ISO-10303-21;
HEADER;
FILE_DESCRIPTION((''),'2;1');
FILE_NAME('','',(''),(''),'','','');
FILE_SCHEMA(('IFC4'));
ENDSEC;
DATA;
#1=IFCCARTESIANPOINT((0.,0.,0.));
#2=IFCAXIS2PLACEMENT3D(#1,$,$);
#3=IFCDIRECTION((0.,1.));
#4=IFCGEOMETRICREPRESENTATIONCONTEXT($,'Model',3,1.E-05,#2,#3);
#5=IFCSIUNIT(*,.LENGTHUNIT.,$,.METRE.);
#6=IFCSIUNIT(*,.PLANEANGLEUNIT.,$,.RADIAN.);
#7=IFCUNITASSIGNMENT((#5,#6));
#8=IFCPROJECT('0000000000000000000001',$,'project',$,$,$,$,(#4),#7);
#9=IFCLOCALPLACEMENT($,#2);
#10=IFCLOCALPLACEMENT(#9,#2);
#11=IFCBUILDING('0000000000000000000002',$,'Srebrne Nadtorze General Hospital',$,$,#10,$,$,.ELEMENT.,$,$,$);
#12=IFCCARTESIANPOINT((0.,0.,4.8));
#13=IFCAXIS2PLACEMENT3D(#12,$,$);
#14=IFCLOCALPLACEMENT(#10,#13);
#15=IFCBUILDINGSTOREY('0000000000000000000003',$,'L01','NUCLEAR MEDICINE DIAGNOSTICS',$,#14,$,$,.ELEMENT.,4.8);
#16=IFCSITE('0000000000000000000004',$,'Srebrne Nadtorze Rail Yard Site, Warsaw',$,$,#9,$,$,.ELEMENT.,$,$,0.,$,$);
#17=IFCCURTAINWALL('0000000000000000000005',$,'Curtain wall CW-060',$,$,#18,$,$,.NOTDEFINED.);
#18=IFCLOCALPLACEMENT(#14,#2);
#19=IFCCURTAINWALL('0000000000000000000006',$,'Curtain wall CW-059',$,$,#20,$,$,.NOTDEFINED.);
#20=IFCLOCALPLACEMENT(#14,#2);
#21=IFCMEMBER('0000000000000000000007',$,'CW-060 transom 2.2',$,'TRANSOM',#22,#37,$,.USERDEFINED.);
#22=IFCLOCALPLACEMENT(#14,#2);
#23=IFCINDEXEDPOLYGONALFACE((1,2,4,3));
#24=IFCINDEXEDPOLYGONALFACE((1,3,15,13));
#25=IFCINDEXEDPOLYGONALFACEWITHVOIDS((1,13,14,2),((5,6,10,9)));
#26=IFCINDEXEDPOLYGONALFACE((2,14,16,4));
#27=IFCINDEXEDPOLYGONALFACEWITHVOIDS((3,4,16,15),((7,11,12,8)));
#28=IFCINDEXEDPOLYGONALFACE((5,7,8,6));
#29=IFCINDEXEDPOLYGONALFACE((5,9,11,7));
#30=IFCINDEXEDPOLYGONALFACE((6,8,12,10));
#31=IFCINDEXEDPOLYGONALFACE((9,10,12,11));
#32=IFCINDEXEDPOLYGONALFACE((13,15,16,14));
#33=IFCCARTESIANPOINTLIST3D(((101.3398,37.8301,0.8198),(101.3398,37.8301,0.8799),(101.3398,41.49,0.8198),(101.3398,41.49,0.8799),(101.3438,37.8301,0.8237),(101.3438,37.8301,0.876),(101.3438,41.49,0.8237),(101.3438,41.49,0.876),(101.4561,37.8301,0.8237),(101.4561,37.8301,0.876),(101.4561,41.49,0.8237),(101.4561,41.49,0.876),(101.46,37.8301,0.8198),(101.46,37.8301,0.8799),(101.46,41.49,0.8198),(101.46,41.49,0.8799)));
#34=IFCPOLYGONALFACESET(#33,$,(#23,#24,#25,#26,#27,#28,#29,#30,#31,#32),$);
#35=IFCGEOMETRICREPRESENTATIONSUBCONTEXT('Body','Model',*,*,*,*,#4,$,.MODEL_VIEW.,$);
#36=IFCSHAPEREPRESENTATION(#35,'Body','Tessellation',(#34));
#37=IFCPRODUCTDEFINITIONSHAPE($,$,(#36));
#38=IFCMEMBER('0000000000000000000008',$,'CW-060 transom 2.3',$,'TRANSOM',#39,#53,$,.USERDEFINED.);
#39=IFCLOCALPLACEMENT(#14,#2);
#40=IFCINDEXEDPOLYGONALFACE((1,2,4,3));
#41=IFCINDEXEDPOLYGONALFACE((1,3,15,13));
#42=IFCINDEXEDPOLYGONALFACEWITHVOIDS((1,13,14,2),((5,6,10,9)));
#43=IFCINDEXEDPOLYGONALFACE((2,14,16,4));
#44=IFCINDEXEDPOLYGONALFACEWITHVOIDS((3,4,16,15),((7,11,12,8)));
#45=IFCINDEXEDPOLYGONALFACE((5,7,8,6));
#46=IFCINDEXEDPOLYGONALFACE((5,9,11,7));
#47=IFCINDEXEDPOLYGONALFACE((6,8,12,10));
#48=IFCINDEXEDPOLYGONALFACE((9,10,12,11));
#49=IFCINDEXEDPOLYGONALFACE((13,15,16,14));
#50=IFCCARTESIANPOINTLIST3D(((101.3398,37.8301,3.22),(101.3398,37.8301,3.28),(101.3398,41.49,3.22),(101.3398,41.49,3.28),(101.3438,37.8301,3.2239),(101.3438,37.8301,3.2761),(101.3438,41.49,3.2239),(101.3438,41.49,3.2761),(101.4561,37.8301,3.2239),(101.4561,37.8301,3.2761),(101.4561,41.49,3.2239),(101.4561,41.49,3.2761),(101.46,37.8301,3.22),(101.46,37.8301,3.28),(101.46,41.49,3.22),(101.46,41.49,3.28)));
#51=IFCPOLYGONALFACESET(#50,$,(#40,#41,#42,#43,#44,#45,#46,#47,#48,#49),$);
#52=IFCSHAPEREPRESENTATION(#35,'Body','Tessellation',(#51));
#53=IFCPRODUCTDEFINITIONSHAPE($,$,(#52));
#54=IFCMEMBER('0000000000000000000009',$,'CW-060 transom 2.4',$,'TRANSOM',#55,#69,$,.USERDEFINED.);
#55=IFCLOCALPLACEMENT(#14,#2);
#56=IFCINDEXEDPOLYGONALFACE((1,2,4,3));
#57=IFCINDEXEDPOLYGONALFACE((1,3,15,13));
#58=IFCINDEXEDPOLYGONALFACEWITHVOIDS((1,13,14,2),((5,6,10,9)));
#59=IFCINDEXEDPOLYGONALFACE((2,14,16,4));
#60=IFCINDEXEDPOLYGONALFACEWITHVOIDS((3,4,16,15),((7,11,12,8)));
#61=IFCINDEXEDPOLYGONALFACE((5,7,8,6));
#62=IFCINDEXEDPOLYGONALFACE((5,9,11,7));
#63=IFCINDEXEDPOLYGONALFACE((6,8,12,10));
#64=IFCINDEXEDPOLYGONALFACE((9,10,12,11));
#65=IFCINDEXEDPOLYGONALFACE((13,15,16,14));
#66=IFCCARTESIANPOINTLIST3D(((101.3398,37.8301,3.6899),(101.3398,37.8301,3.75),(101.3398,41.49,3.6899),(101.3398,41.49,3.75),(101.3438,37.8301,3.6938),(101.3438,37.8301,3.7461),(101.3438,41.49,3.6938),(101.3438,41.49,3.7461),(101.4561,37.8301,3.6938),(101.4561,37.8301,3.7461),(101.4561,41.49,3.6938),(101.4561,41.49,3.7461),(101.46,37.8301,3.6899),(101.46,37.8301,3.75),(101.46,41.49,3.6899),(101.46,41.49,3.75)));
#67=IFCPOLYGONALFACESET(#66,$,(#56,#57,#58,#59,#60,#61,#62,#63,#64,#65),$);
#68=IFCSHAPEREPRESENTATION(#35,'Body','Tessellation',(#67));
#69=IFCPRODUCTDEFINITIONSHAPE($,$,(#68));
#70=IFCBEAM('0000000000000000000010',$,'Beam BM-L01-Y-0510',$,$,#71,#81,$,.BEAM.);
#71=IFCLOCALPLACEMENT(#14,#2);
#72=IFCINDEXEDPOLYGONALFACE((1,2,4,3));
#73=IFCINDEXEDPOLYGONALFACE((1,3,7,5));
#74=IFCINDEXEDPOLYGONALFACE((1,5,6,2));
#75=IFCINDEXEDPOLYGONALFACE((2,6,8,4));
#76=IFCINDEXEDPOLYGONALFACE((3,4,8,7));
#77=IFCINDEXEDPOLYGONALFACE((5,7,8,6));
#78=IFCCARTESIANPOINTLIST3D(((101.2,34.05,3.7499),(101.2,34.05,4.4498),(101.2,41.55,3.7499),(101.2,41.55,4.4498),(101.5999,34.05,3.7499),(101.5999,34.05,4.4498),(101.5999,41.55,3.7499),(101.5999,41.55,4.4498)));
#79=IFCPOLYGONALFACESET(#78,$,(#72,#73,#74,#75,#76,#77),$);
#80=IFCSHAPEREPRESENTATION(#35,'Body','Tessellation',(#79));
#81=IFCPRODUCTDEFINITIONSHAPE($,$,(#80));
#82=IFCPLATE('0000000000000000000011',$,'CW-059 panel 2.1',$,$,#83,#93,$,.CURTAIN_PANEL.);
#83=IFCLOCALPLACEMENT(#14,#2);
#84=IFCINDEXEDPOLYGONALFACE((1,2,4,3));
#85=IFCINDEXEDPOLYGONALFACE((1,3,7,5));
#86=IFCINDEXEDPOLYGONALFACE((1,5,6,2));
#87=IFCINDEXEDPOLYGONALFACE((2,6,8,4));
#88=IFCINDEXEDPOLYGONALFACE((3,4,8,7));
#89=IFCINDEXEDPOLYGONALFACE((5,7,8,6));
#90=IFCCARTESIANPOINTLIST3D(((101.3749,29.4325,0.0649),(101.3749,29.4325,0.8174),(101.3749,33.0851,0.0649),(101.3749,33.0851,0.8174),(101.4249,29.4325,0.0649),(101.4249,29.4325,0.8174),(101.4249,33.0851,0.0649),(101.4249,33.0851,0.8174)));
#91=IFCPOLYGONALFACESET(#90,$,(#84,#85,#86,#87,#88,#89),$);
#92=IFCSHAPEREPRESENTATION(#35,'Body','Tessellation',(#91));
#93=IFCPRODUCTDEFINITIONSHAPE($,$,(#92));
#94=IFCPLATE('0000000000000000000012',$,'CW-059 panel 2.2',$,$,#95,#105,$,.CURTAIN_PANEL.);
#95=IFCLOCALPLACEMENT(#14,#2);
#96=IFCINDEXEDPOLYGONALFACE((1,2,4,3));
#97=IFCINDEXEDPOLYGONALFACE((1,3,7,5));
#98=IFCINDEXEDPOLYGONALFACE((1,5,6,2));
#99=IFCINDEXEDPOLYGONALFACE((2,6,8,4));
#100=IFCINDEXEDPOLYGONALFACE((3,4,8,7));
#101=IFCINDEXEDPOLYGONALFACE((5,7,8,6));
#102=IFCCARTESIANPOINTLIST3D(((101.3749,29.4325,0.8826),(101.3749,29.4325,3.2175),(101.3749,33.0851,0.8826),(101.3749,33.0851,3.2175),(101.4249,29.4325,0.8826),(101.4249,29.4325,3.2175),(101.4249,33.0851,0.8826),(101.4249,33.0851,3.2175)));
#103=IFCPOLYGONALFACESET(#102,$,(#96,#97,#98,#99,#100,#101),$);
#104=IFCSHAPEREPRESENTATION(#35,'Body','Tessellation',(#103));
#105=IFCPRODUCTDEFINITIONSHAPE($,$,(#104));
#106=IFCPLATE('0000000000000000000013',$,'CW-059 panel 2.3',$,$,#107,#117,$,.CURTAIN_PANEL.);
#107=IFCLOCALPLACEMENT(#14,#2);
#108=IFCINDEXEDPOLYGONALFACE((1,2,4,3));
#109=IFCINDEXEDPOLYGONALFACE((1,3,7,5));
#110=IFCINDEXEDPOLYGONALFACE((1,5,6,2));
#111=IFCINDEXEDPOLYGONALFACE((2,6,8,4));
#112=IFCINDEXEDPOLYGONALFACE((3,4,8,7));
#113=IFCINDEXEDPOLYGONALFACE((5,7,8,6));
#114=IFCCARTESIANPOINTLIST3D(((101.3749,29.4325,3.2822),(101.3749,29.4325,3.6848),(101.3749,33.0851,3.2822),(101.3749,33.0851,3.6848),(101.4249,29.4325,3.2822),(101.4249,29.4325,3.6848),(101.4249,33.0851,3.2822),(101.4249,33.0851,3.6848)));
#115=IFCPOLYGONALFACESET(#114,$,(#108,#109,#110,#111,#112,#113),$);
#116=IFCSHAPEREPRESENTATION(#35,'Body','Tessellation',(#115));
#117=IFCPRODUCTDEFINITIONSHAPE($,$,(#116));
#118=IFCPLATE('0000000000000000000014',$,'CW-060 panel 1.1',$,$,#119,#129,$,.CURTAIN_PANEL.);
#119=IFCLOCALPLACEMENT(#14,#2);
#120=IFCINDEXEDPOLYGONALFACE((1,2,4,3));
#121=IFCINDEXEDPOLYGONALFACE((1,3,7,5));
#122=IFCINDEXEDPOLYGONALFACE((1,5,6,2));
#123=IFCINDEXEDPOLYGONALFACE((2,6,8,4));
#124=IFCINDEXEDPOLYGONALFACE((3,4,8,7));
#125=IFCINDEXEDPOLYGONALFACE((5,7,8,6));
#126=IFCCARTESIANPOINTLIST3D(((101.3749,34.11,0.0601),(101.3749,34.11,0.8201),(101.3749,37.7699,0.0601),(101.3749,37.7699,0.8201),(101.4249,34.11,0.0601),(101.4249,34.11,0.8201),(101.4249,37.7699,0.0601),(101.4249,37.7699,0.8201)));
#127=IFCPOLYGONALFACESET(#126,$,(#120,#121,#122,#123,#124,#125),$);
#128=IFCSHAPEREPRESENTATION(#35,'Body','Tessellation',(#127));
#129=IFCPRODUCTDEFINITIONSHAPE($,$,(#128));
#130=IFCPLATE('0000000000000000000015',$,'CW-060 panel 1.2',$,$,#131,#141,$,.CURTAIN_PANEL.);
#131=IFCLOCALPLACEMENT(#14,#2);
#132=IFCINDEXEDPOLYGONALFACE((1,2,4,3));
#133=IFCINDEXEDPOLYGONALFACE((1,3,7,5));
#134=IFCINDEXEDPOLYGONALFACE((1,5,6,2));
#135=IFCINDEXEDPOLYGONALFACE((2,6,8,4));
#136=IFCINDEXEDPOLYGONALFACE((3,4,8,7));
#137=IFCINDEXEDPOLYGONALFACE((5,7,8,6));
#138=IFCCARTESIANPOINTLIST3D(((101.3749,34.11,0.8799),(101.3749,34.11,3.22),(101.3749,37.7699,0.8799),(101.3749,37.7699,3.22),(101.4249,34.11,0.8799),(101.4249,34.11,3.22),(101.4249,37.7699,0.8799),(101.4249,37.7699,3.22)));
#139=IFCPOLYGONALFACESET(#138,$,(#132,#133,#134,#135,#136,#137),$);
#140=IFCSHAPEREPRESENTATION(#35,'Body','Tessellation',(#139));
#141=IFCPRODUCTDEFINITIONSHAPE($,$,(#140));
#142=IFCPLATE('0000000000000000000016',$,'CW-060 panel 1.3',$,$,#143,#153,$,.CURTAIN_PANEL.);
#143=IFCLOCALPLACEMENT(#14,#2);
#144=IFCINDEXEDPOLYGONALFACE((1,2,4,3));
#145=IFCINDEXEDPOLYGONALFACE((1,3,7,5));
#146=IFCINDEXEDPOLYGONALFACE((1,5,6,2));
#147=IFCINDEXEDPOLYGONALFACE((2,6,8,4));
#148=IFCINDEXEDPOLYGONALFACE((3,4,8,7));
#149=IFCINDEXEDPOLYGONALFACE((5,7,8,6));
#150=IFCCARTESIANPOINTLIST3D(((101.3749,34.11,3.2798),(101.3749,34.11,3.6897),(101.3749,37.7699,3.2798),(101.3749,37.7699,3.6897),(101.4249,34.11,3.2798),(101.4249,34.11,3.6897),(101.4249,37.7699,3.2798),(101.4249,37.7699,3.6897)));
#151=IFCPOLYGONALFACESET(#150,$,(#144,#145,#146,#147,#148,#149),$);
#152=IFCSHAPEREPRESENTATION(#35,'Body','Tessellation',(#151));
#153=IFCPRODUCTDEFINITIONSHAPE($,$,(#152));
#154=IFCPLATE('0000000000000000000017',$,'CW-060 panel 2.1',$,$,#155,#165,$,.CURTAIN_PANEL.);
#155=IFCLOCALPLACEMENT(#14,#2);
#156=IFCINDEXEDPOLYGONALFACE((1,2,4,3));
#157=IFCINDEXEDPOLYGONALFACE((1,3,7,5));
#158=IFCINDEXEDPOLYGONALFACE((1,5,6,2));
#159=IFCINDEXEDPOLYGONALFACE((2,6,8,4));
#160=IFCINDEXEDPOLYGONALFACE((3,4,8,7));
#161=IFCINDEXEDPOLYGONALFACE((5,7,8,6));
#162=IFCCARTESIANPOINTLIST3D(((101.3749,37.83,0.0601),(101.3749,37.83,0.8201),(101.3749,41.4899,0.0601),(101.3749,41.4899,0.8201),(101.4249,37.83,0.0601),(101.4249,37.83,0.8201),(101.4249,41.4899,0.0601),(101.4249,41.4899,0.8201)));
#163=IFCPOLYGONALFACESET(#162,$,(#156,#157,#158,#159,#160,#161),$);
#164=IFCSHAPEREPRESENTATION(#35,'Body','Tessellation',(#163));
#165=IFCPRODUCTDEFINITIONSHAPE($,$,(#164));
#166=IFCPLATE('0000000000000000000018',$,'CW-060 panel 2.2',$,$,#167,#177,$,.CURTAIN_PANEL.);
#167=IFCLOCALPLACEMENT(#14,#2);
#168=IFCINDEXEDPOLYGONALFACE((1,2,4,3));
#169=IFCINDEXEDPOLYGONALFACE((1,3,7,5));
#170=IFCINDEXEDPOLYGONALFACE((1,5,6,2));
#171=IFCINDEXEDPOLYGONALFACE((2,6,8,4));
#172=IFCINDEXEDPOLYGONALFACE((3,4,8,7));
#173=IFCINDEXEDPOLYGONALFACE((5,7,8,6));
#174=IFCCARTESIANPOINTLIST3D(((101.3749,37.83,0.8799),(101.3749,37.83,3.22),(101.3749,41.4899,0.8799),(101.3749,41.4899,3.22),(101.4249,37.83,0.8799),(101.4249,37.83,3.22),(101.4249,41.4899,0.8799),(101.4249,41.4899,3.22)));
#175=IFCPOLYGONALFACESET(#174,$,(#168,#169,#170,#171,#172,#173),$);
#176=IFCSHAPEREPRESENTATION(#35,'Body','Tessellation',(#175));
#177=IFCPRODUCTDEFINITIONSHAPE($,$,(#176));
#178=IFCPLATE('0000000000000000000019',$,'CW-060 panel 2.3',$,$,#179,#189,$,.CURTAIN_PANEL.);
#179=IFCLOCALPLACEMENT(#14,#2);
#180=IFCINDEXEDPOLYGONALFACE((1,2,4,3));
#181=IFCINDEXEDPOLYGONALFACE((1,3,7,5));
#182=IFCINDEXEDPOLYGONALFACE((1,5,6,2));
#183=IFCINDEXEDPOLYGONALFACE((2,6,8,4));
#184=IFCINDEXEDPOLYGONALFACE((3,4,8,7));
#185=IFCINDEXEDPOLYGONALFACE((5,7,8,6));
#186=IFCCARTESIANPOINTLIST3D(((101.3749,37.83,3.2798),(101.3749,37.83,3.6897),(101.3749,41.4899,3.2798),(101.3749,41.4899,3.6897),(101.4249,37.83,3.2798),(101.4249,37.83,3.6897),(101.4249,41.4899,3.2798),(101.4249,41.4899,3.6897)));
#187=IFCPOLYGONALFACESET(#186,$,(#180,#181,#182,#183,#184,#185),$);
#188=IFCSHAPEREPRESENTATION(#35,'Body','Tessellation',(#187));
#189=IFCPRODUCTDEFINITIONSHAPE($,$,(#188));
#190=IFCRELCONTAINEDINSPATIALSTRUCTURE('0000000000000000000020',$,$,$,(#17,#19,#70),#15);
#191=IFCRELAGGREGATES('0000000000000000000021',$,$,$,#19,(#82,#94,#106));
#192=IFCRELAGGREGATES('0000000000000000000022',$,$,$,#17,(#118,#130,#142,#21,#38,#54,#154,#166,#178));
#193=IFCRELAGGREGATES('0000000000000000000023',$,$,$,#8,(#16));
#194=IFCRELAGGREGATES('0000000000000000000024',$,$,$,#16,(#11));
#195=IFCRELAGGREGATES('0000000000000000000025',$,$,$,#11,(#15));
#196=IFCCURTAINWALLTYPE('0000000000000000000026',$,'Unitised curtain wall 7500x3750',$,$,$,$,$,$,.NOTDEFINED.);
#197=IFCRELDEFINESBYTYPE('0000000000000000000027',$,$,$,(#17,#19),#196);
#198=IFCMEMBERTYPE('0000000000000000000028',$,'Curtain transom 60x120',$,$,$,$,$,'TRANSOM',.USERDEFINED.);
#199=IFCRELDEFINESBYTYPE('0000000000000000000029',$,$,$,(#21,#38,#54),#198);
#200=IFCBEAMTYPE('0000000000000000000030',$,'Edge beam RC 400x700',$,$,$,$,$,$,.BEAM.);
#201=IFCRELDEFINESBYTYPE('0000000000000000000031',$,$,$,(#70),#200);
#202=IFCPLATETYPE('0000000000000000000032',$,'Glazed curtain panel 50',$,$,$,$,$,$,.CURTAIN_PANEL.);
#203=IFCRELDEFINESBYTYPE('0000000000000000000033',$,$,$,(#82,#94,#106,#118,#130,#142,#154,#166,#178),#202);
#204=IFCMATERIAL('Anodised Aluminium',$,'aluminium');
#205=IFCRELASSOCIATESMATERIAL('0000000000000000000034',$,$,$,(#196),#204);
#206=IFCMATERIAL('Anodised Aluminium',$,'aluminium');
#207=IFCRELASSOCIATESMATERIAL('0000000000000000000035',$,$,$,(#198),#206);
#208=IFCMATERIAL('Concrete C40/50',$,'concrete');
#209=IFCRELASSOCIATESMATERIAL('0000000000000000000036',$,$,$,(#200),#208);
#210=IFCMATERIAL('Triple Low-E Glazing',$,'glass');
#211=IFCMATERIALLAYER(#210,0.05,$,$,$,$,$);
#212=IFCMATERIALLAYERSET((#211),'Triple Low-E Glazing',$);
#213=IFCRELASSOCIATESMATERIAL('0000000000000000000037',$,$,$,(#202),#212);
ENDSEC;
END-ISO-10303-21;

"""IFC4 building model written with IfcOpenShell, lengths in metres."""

from ifc_helpers import new_model, si_unit, direction, frame, origin, origin_2d, place, context, subcontext, project, spatial, rectangle, hollow_rectangle, extrude, material, layer, layer_set, material_profile, profile_set, type_object, element, aggregate, save


model = new_model("IFC4")

# Units and contexts
model_context = context("Model", 3, precision=1e-05, world=origin(), true_north=direction((0.0, 1.0)))
body_context = subcontext(model_context, "Body", "Model", "MODEL_VIEW")
ifc_project = project(units=[si_unit("LENGTHUNIT", "METRE"), si_unit("PLANEANGLEUNIT", "RADIAN")], contexts=[model_context])

# Site, building, storey
site_placement = place(None, origin())
site = spatial("IfcSite", under=ifc_project, at=site_placement, Name="Srebrne Nadtorze Rail Yard Site, Warsaw", CompositionType="ELEMENT", RefElevation=0.0)
building_placement = place(site_placement, origin())
building = spatial("IfcBuilding", under=site, at=building_placement, Name="Srebrne Nadtorze General Hospital", CompositionType="ELEMENT")
storey_placement = place(building_placement, frame((0.0, 0.0, 4.8)))
storey = spatial("IfcBuildingStorey", under=building, at=storey_placement, Name="L01", Description="NUCLEAR MEDICINE DIAGNOSTICS", CompositionType="ELEMENT", Elevation=4.8)

# Curtain wall
ifc_material_1 = material(Name="Anodised Aluminium", Category="aluminium")
curtain_wall_type = type_object("IfcCurtainWallType", Name="Unitised curtain wall 7500x3750", PredefinedType="NOTDEFINED", material=ifc_material_1)
curtain_wall_1_placement = place(storey_placement, origin())
curtain_wall_1 = element("IfcCurtainWall", 1, at=curtain_wall_1_placement, inside=storey, type_object=curtain_wall_type, Name="Curtain wall CW-060", PredefinedType="NOTDEFINED")

# Curtain wall
curtain_wall_2_placement = place(storey_placement, origin())
curtain_wall_2 = element("IfcCurtainWall", 2, at=curtain_wall_2_placement, inside=storey, type_object=curtain_wall_type, Name="Curtain wall CW-059", PredefinedType="NOTDEFINED")

# Members
ifc_material_2 = material(Name="Anodised Aluminium", Category="aluminium")
ifc_material_profile_1 = material_profile(ifc_material_2, hollow_rectangle(XDim=0.0601, YDim=0.1201, WallThickness=0.0039, at=origin_2d()), Name="AL-TRN-60x120")
ifc_profile_set_1 = profile_set([ifc_material_profile_1], Name="Anodised Aluminium")
member_type_1 = type_object("IfcMemberType", Name="Curtain transom 60x120", ElementType="TRANSOM", PredefinedType="USERDEFINED", material=ifc_profile_set_1)
member_1_placement = place(storey_placement, frame((101.3999, 37.8301, 0.8499), z_axis=(0.0, 1.0, 0.0), x_axis=(0.0, 0.0, 1.0)))
member_1 = element("IfcMember", 3, at=member_1_placement, type_object=member_type_1, Name="CW-060 transom 2.2", ObjectType="TRANSOM", PredefinedType="USERDEFINED", context=body_context, shape_type="SweptSolid", body=[
    extrude(hollow_rectangle(XDim=0.0601, YDim=0.1201, WallThickness=0.0039, at=origin_2d()), origin(), (0.0, 0.0, 1.0), 3.6599),
])
member_2_placement = place(storey_placement, frame((101.3999, 37.8301, 3.25), z_axis=(0.0, 1.0, 0.0), x_axis=(0.0, 0.0, 1.0)))
member_2 = element("IfcMember", 4, at=member_2_placement, type_object=member_type_1, Name="CW-060 transom 2.3", ObjectType="TRANSOM", PredefinedType="USERDEFINED", context=body_context, shape_type="SweptSolid", body=[
    extrude(hollow_rectangle(XDim=0.0601, YDim=0.1201, WallThickness=0.0039, at=origin_2d()), origin(), (0.0, 0.0, 1.0), 3.6599),
])
member_3_placement = place(storey_placement, frame((101.3999, 37.8301, 3.72), z_axis=(0.0, 1.0, 0.0), x_axis=(0.0, 0.0, 1.0)))
member_3 = element("IfcMember", 5, at=member_3_placement, type_object=member_type_1, Name="CW-060 transom 2.4", ObjectType="TRANSOM", PredefinedType="USERDEFINED", context=body_context, shape_type="SweptSolid", body=[
    extrude(hollow_rectangle(XDim=0.0601, YDim=0.1201, WallThickness=0.0039, at=origin_2d()), origin(), (0.0, 0.0, 1.0), 3.6599),
])

# Beam
ifc_material_3 = material(Name="Concrete C40/50", Category="concrete")
ifc_material_profile_2 = material_profile(ifc_material_3, rectangle(XDim=0.3999, YDim=0.7, at=origin_2d()), Name="RC-BM-400x700")
ifc_profile_set_2 = profile_set([ifc_material_profile_2], Name="Concrete C40/50")
beam_type = type_object("IfcBeamType", Name="Edge beam RC 400x700", PredefinedType="BEAM", material=ifc_profile_set_2)
beam_placement = place(storey_placement, frame((101.3999, 34.05, 4.0999), z_axis=(0.0, 1.0, 0.0), x_axis=(-1.0, 0.0, 0.0)))
element("IfcBeam", 6, at=beam_placement, inside=storey, type_object=beam_type, Name="Beam BM-L01-Y-0510", PredefinedType="BEAM", context=body_context, shape_type="SweptSolid", body=[
    extrude(rectangle(XDim=0.3999, YDim=0.7, at=origin_2d()), origin(), (0.0, 0.0, 1.0), 7.5),
])

# Plates
ifc_material_4 = material(Name="Triple Low-E Glazing", Category="glass")
ifc_layer = layer(ifc_material_4, 0.05)
ifc_layer_set = layer_set([ifc_layer], Name="Triple Low-E Glazing")
plate_type = type_object("IfcPlateType", Name="Glazed curtain panel 50", PredefinedType="CURTAIN_PANEL", material=ifc_layer_set)
plate_1_placement = place(storey_placement, frame((101.3999, 31.2588, 0.0649), z_axis=(0.0, 0.0, 1.0), x_axis=(0.0, 1.0, 0.0)))
plate_1 = element("IfcPlate", 7, at=plate_1_placement, type_object=plate_type, Name="CW-059 panel 2.1", PredefinedType="CURTAIN_PANEL", context=body_context, shape_type="SweptSolid", body=[
    extrude(rectangle(XDim=3.6526, YDim=0.05, at=origin_2d()), origin(), (0.0, 0.0, 1.0), 0.7524),
])
plate_2_placement = place(storey_placement, frame((101.3999, 31.2588, 0.8826), z_axis=(0.0, 0.0, 1.0), x_axis=(0.0, 1.0, 0.0)))
plate_2 = element("IfcPlate", 8, at=plate_2_placement, type_object=plate_type, Name="CW-059 panel 2.2", PredefinedType="CURTAIN_PANEL", context=body_context, shape_type="SweptSolid", body=[
    extrude(rectangle(XDim=3.6526, YDim=0.05, at=origin_2d()), origin(), (0.0, 0.0, 1.0), 2.335),
])
plate_3_placement = place(storey_placement, frame((101.3999, 31.2588, 3.2822), z_axis=(0.0, 0.0, 1.0), x_axis=(0.0, 1.0, 0.0)))
plate_3 = element("IfcPlate", 9, at=plate_3_placement, type_object=plate_type, Name="CW-059 panel 2.3", PredefinedType="CURTAIN_PANEL", context=body_context, shape_type="SweptSolid", body=[
    extrude(rectangle(XDim=3.6526, YDim=0.05, at=origin_2d()), origin(), (0.0, 0.0, 1.0), 0.4026),
])
aggregate(curtain_wall_2, [plate_1, plate_2, plate_3])
plate_4_placement = place(storey_placement, frame((101.3999, 35.9399, 0.0601), z_axis=(0.0, 0.0, 1.0), x_axis=(0.0, 1.0, 0.0)))
plate_4 = element("IfcPlate", 10, at=plate_4_placement, type_object=plate_type, Name="CW-060 panel 1.1", PredefinedType="CURTAIN_PANEL", context=body_context, shape_type="SweptSolid", body=[
    extrude(rectangle(XDim=3.6599, YDim=0.05, at=origin_2d()), origin(), (0.0, 0.0, 1.0), 0.76),
])
plate_5_placement = place(storey_placement, frame((101.3999, 35.9399, 0.8799), z_axis=(0.0, 0.0, 1.0), x_axis=(0.0, 1.0, 0.0)))
plate_5 = element("IfcPlate", 11, at=plate_5_placement, type_object=plate_type, Name="CW-060 panel 1.2", PredefinedType="CURTAIN_PANEL", context=body_context, shape_type="SweptSolid", body=[
    extrude(rectangle(XDim=3.6599, YDim=0.05, at=origin_2d()), origin(), (0.0, 0.0, 1.0), 2.3401),
])
plate_6_placement = place(storey_placement, frame((101.3999, 35.9399, 3.2798), z_axis=(0.0, 0.0, 1.0), x_axis=(0.0, 1.0, 0.0)))
plate_6 = element("IfcPlate", 12, at=plate_6_placement, type_object=plate_type, Name="CW-060 panel 1.3", PredefinedType="CURTAIN_PANEL", context=body_context, shape_type="SweptSolid", body=[
    extrude(rectangle(XDim=3.6599, YDim=0.05, at=origin_2d()), origin(), (0.0, 0.0, 1.0), 0.4099),
])
plate_7_placement = place(storey_placement, frame((101.3999, 39.6599, 0.0601), z_axis=(0.0, 0.0, 1.0), x_axis=(0.0, 1.0, 0.0)))
plate_7 = element("IfcPlate", 13, at=plate_7_placement, type_object=plate_type, Name="CW-060 panel 2.1", PredefinedType="CURTAIN_PANEL", context=body_context, shape_type="SweptSolid", body=[
    extrude(rectangle(XDim=3.6599, YDim=0.05, at=origin_2d()), origin(), (0.0, 0.0, 1.0), 0.76),
])
plate_8_placement = place(storey_placement, frame((101.3999, 39.6599, 0.8799), z_axis=(0.0, 0.0, 1.0), x_axis=(0.0, 1.0, 0.0)))
plate_8 = element("IfcPlate", 14, at=plate_8_placement, type_object=plate_type, Name="CW-060 panel 2.2", PredefinedType="CURTAIN_PANEL", context=body_context, shape_type="SweptSolid", body=[
    extrude(rectangle(XDim=3.6599, YDim=0.05, at=origin_2d()), origin(), (0.0, 0.0, 1.0), 2.3401),
])
plate_9_placement = place(storey_placement, frame((101.3999, 39.6599, 3.2798), z_axis=(0.0, 0.0, 1.0), x_axis=(0.0, 1.0, 0.0)))
plate_9 = element("IfcPlate", 15, at=plate_9_placement, type_object=plate_type, Name="CW-060 panel 2.3", PredefinedType="CURTAIN_PANEL", context=body_context, shape_type="SweptSolid", body=[
    extrude(rectangle(XDim=3.6599, YDim=0.05, at=origin_2d()), origin(), (0.0, 0.0, 1.0), 0.4099),
])
aggregate(curtain_wall_1, [plate_4, plate_5, plate_6, member_1, member_2, member_3, plate_7, plate_8, plate_9])

save(model, "model.ifc")
